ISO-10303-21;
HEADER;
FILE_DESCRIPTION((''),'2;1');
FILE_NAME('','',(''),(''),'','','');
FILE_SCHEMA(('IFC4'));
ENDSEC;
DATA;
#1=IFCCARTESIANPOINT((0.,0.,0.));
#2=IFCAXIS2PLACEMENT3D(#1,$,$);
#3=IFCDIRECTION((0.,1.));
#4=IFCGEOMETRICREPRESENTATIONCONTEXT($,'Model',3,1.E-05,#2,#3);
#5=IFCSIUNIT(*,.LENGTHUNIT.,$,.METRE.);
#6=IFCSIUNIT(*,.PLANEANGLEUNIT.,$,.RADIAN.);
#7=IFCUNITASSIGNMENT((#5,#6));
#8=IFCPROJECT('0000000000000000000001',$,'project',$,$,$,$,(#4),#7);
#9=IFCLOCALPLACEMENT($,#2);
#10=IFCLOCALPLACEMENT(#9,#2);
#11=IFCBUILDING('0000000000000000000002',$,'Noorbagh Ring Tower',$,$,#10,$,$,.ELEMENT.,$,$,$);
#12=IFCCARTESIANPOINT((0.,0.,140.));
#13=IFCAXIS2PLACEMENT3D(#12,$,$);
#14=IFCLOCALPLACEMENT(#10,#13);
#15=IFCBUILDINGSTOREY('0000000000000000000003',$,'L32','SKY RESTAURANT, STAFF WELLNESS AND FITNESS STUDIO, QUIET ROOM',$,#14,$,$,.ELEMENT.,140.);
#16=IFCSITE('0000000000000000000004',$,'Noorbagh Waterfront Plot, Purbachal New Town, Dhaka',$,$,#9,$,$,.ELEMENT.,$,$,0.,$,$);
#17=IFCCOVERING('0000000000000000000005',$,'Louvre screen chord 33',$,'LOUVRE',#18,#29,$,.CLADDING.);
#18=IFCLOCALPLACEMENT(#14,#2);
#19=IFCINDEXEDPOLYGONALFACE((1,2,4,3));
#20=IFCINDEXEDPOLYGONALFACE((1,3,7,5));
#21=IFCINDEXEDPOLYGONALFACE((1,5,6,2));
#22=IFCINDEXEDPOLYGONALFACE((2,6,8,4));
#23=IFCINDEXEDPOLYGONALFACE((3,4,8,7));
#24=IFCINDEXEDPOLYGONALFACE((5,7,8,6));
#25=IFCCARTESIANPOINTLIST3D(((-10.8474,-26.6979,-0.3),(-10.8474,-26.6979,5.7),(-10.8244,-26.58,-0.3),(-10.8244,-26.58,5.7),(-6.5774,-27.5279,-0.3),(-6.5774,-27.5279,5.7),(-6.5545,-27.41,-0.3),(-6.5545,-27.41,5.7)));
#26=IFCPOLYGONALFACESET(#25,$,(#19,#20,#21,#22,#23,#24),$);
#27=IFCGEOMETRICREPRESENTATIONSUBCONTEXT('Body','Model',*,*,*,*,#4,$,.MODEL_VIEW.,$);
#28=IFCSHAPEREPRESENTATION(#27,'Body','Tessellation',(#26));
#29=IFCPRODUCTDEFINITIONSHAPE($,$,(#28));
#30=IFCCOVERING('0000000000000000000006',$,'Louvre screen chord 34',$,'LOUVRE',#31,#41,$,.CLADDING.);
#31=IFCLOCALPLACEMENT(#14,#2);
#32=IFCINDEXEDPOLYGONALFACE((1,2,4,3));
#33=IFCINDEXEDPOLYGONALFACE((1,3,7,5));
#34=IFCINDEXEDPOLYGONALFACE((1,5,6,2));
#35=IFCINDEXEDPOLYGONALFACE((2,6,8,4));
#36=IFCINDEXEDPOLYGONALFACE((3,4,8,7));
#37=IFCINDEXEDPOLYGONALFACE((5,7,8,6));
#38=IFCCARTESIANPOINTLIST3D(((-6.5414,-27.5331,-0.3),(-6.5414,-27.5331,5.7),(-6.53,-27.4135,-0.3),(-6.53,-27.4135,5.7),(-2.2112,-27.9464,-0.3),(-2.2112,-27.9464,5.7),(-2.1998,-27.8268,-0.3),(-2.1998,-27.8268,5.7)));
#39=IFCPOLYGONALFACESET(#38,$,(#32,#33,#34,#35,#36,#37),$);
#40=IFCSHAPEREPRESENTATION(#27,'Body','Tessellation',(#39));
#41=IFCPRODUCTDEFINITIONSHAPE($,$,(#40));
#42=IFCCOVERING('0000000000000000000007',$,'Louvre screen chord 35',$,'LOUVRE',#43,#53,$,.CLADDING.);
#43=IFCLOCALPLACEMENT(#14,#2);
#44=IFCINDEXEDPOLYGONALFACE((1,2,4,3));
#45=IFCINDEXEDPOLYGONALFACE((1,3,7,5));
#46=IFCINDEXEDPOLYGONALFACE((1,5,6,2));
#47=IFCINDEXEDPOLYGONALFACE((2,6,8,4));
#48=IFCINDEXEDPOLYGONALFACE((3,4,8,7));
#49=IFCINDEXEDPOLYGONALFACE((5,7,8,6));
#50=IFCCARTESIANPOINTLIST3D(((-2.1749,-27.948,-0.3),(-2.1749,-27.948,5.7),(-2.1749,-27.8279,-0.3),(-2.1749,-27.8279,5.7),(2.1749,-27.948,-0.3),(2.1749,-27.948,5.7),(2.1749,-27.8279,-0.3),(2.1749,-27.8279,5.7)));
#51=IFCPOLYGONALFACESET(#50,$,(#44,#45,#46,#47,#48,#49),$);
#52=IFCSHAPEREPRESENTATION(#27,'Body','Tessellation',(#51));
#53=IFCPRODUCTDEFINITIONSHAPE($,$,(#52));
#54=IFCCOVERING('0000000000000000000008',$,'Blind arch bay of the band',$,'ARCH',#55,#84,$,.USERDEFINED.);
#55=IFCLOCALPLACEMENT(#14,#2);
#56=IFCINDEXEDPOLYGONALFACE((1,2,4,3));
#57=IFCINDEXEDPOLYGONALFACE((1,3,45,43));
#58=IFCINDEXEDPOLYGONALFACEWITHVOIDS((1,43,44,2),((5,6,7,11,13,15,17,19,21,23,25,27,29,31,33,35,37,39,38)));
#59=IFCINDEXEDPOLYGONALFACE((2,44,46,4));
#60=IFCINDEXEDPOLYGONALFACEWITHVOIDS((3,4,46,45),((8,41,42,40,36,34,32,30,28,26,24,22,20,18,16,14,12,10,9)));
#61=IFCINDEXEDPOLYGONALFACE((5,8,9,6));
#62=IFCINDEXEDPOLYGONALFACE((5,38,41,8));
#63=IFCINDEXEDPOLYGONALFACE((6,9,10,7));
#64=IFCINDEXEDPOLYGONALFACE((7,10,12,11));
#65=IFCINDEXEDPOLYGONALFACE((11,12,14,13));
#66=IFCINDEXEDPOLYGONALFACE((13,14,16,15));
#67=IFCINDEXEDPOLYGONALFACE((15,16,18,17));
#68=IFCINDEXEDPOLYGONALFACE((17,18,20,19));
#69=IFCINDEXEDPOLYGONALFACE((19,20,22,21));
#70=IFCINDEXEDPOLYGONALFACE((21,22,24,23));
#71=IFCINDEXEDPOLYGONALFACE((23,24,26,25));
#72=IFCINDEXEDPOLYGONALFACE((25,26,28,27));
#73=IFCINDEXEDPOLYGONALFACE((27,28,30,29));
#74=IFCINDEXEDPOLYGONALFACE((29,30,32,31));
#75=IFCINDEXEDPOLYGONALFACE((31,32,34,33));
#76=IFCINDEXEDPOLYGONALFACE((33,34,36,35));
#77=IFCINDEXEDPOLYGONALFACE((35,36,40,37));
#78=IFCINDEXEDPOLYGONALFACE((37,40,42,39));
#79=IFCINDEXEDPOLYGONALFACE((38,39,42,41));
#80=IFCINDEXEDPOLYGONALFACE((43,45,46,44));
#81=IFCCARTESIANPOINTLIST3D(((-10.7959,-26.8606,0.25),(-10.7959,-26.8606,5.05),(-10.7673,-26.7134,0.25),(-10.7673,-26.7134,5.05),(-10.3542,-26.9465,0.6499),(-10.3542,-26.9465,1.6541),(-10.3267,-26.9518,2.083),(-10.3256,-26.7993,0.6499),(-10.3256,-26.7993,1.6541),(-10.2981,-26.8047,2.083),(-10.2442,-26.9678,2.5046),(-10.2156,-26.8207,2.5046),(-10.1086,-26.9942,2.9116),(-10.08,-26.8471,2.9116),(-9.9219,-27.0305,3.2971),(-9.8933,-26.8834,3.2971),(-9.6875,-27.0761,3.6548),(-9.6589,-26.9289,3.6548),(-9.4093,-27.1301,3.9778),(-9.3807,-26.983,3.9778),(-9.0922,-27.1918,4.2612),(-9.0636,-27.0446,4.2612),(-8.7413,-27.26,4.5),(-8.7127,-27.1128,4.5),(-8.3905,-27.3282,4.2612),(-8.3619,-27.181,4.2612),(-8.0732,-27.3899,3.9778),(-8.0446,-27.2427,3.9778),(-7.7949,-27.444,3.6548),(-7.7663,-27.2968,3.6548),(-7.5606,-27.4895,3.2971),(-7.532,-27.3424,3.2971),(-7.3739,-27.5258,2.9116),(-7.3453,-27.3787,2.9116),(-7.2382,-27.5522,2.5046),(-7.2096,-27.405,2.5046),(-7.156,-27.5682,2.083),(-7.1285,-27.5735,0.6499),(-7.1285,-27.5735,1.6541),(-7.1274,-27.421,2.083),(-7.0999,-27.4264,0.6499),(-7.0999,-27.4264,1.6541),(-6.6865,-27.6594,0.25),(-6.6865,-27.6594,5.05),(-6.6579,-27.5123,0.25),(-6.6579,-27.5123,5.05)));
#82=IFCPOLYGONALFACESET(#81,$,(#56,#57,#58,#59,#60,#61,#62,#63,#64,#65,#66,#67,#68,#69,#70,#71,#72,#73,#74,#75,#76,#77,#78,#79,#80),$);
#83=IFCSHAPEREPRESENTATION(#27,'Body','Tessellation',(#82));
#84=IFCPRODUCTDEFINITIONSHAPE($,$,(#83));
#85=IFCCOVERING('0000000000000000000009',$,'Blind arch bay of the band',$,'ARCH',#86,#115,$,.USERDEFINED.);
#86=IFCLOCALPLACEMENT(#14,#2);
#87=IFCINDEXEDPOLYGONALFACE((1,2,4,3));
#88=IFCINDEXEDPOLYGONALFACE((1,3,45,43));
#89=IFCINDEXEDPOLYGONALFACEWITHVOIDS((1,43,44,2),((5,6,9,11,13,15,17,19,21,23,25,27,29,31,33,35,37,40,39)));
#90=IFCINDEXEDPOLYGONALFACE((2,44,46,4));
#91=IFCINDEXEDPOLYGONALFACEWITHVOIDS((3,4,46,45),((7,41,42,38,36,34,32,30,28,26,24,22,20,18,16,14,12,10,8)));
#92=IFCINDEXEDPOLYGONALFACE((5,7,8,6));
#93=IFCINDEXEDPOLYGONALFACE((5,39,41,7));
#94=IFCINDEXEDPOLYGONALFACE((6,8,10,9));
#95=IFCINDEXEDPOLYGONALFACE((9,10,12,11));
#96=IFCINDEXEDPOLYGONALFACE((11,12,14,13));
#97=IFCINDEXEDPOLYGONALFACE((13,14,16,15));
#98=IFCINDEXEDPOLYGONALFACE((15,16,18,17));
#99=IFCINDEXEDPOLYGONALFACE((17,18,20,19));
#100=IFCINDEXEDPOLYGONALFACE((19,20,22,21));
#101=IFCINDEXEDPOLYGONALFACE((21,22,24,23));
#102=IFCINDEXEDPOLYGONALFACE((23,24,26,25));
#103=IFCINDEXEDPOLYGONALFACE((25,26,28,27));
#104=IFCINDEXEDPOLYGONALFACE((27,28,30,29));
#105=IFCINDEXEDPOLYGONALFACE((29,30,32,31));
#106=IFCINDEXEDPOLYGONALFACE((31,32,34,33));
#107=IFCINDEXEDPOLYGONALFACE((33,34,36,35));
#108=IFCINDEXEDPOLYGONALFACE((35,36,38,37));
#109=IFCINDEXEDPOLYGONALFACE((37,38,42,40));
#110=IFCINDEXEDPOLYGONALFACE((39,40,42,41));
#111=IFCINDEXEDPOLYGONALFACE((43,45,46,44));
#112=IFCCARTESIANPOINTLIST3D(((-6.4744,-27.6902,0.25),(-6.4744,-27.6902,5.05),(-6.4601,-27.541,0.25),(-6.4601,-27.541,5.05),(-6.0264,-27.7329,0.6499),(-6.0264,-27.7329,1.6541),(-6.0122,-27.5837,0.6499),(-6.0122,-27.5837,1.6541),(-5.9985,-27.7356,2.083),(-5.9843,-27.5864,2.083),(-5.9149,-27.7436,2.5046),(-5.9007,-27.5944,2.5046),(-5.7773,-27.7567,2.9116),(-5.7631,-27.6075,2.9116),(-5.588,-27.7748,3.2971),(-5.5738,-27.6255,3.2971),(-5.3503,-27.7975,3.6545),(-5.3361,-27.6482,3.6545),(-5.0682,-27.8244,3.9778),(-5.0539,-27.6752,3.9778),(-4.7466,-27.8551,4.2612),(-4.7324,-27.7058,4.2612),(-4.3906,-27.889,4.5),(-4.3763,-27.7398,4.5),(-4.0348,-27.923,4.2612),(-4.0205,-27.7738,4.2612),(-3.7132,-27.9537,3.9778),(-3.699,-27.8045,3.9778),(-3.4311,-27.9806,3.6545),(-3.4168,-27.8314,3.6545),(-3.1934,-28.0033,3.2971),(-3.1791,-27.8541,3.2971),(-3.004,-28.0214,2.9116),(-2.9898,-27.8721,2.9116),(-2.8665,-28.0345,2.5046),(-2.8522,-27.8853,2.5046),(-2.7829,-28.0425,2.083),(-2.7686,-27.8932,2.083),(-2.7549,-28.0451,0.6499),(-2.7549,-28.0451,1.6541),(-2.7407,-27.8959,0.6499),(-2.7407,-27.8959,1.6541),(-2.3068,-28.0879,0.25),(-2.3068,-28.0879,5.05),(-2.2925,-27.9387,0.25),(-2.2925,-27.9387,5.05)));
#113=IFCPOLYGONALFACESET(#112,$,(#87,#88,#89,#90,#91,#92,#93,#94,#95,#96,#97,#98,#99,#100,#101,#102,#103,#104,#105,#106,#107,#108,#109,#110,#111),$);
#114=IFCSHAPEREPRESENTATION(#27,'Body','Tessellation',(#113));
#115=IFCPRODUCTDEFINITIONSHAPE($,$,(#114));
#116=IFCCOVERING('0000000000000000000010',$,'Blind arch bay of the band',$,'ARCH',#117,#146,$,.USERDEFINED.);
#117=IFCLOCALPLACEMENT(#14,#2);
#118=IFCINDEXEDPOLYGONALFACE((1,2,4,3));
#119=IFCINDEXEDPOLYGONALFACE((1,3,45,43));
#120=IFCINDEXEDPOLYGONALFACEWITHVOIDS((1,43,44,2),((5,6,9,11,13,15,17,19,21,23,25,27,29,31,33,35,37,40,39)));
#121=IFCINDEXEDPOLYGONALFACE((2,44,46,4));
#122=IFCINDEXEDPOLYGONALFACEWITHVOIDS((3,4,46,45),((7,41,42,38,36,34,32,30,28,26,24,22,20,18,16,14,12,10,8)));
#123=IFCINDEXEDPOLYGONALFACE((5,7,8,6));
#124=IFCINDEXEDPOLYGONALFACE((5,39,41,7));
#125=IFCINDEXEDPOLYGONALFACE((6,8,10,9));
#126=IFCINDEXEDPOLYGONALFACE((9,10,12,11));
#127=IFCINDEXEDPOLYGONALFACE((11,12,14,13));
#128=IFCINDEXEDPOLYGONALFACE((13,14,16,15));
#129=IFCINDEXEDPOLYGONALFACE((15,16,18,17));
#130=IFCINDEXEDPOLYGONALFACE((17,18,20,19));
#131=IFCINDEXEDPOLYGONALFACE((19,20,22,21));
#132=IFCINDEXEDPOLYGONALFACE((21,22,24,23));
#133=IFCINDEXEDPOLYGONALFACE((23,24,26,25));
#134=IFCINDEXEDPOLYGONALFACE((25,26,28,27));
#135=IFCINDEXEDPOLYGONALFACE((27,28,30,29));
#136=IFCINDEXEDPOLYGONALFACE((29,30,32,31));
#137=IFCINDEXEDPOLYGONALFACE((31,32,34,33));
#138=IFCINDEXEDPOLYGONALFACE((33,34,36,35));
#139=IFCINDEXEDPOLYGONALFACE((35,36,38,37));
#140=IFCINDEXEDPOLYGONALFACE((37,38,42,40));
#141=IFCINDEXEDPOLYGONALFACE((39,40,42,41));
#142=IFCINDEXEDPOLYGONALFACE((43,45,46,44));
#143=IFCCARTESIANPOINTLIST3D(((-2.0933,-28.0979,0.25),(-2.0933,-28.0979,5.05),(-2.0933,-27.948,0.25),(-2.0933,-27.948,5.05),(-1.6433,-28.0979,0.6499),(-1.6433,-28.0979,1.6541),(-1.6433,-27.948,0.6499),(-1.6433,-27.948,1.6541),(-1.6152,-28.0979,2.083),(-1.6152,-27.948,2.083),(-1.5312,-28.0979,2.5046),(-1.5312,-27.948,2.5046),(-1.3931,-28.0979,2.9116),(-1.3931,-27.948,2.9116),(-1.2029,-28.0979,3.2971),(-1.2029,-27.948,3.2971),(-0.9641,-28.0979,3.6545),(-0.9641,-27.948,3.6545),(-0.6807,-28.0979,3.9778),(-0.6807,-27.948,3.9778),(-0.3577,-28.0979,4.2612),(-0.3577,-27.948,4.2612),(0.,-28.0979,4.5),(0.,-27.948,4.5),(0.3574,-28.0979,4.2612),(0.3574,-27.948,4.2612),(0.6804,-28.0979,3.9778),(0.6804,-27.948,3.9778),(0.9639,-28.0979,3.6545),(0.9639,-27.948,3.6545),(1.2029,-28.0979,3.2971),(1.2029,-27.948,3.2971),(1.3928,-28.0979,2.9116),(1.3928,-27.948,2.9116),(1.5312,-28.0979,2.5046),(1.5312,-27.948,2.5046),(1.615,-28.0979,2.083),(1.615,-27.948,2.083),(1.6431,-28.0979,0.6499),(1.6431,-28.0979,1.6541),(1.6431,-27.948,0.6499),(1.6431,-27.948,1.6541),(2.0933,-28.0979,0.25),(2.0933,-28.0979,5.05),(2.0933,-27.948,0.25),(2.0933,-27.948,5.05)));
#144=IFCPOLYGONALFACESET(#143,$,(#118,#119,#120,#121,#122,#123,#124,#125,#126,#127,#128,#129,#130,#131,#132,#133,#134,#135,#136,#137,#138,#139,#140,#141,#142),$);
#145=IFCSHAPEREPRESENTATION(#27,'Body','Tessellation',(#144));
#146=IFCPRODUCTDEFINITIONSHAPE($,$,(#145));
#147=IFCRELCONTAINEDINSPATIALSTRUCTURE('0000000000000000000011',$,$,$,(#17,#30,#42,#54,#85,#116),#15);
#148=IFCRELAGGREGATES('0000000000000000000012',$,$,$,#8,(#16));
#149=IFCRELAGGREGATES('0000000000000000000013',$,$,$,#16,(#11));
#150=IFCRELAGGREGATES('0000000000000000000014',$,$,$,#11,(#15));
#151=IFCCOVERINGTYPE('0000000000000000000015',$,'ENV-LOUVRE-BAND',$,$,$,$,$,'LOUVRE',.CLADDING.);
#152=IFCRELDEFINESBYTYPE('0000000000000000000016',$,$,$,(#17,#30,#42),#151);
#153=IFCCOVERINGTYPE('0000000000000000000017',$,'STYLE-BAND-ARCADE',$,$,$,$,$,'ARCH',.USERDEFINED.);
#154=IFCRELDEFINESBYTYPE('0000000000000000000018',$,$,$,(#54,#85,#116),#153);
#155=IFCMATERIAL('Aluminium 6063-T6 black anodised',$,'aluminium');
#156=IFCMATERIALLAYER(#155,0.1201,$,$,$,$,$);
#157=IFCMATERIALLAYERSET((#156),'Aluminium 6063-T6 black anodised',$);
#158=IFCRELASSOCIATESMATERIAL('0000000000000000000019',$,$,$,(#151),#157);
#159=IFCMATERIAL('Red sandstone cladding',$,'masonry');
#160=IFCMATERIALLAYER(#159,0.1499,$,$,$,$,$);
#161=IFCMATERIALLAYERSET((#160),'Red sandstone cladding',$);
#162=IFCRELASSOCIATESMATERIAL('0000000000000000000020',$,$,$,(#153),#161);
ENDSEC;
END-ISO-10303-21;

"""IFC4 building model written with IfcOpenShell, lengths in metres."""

from ifc_helpers import new_model, si_unit, direction, frame, origin, origin_2d, place, context, subcontext, project, spatial, polyline, rectangle, outline, extrude, material, layer, layer_set, type_object, element, save


model = new_model("IFC4")

# Units and contexts
model_context = context("Model", 3, precision=1e-05, world=origin(), true_north=direction((0.0, 1.0)))
body_context = subcontext(model_context, "Body", "Model", "MODEL_VIEW")
ifc_project = project(units=[si_unit("LENGTHUNIT", "METRE"), si_unit("PLANEANGLEUNIT", "RADIAN")], contexts=[model_context])

# Site, building, storey
site_placement = place(None, origin())
site = spatial("IfcSite", under=ifc_project, at=site_placement, Name="Noorbagh Waterfront Plot, Purbachal New Town, Dhaka", CompositionType="ELEMENT", RefElevation=0.0)
building_placement = place(site_placement, origin())
building = spatial("IfcBuilding", under=site, at=building_placement, Name="Noorbagh Ring Tower", CompositionType="ELEMENT")
storey_placement = place(building_placement, frame((0.0, 0.0, 140.0)))
storey = spatial("IfcBuildingStorey", under=building, at=storey_placement, Name="L32", Description="SKY RESTAURANT, STAFF WELLNESS AND FITNESS STUDIO, QUIET ROOM", CompositionType="ELEMENT", Elevation=140.0)

# Coverings
ifc_material_1 = material(Name="Aluminium 6063-T6 black anodised", Category="aluminium")
ifc_layer_1 = layer(ifc_material_1, 0.1201)
ifc_layer_set_1 = layer_set([ifc_layer_1], Name="Aluminium 6063-T6 black anodised")
covering_type_1 = type_object("IfcCoveringType", Name="ENV-LOUVRE-BAND", ElementType="LOUVRE", PredefinedType="CLADDING", material=ifc_layer_set_1)
for number, where, z_axis, x_axis, name in (
    (1, (-8.7009, -27.054, -0.3), (0.0, 0.0, 1.0), (0.981625, -0.19082, 0.0), "Louvre screen chord 33"),
    (2, (-4.3706, -27.6799, -0.3), (0.0, 0.0, 1.0), (0.995476, -0.095008, 0.0), "Louvre screen chord 34"),
    (3, (0.0, -27.8879, -0.3), (0.0, 0.0, 1.0), (1.0, 0.0, 0.0), "Louvre screen chord 35"),
):
    element("IfcCovering", number, at=place(storey_placement, frame(where, z_axis=z_axis, x_axis=x_axis)), inside=storey, type_object=covering_type_1, Name=name, ObjectType="LOUVRE", PredefinedType="CLADDING", context=body_context, shape_type="SweptSolid", body=[
        extrude(rectangle(XDim=4.3499, YDim=0.1201, at=origin_2d()), origin(), (0.0, 0.0, 1.0), 6.0),
    ])
ifc_material_2 = material(Name="Red sandstone cladding", Category="masonry")
ifc_layer_2 = layer(ifc_material_2, 0.1499)
ifc_layer_set_2 = layer_set([ifc_layer_2], Name="Red sandstone cladding")
covering_type_2 = type_object("IfcCoveringType", Name="STYLE-BAND-ARCADE", ElementType="ARCH", PredefinedType="USERDEFINED", material=ifc_layer_set_2)
covering_1_placement = place(storey_placement, frame((-10.7959, -26.8606, 0.25), z_axis=(-0.19082, -0.981625, 0.0), x_axis=(0.981625, -0.19082, 0.0)))
element("IfcCovering", 4, at=covering_1_placement, inside=storey, type_object=covering_type_2, Name="Blind arch bay of the band", ObjectType="ARCH", PredefinedType="USERDEFINED", context=body_context, shape_type="SweptSolid", body=[
    extrude(outline(polyline([(0.0, 0.0), (4.1863, 0.0), (4.1863, 4.8), (0.0, 4.8), (0.0, 0.0)]), holes=[polyline([(0.45, 0.3999), (0.45, 1.4041), (0.478, 1.833), (0.562, 2.2546), (0.7002, 2.6616), (0.8904, 3.0471), (1.1292, 3.4048), (1.4126, 3.7278), (1.7356, 4.0112), (2.093, 4.25), (2.4504, 4.0112), (2.7737, 3.7278), (3.0571, 3.4048), (3.2959, 3.0471), (3.4861, 2.6616), (3.6243, 2.2546), (3.708, 1.833), (3.7361, 1.4041), (3.7361, 0.3999), (0.45, 0.3999)])]), origin(), (0.0, 0.0, -1.0), 0.1499),
])
covering_2_placement = place(storey_placement, frame((-6.4744, -27.6902, 0.25), z_axis=(-0.094999, -0.995477, 0.0), x_axis=(0.995477, -0.094999, 0.0)))
element("IfcCovering", 5, at=covering_2_placement, inside=storey, type_object=covering_type_2, Name="Blind arch bay of the band", ObjectType="ARCH", PredefinedType="USERDEFINED", context=body_context, shape_type="SweptSolid", body=[
    extrude(outline(polyline([(0.0, 0.0), (4.1865, 0.0), (4.1865, 4.8), (0.0, 4.8), (0.0, 0.0)]), holes=[polyline([(0.45, 0.3999), (0.45, 1.4041), (0.478, 1.833), (0.562, 2.2546), (0.7002, 2.6616), (0.8904, 3.0471), (1.1292, 3.4045), (1.4126, 3.7278), (1.7356, 4.0112), (2.0933, 4.25), (2.4507, 4.0112), (2.7737, 3.7278), (3.0571, 3.4045), (3.2959, 3.0471), (3.4861, 2.6616), (3.6243, 2.2546), (3.7083, 1.833), (3.7363, 1.4041), (3.7363, 0.3999), (0.45, 0.3999)])]), origin(), (0.0, 0.0, -1.0), 0.1499),
])
covering_3_placement = place(storey_placement, frame((-2.0933, -28.0979, 0.25), z_axis=(0.0, -1.0, 0.0), x_axis=(1.0, 0.0, 0.0)))
element("IfcCovering", 6, at=covering_3_placement, inside=storey, type_object=covering_type_2, Name="Blind arch bay of the band", ObjectType="ARCH", PredefinedType="USERDEFINED", context=body_context, shape_type="SweptSolid", body=[
    extrude(outline(polyline([(0.0, 0.0), (4.1865, 0.0), (4.1865, 4.8), (0.0, 4.8), (0.0, 0.0)]), holes=[polyline([(0.45, 0.3999), (0.45, 1.4041), (0.478, 1.833), (0.562, 2.2546), (0.7002, 2.6616), (0.8904, 3.0471), (1.1292, 3.4045), (1.4126, 3.7278), (1.7356, 4.0112), (2.0933, 4.25), (2.4507, 4.0112), (2.7737, 3.7278), (3.0571, 3.4045), (3.2961, 3.0471), (3.4861, 2.6616), (3.6245, 2.2546), (3.7083, 1.833), (3.7363, 1.4041), (3.7363, 0.3999), (0.45, 0.3999)])]), origin(), (0.0, 0.0, -1.0), 0.1499),
])

save(model, "model.ifc")
